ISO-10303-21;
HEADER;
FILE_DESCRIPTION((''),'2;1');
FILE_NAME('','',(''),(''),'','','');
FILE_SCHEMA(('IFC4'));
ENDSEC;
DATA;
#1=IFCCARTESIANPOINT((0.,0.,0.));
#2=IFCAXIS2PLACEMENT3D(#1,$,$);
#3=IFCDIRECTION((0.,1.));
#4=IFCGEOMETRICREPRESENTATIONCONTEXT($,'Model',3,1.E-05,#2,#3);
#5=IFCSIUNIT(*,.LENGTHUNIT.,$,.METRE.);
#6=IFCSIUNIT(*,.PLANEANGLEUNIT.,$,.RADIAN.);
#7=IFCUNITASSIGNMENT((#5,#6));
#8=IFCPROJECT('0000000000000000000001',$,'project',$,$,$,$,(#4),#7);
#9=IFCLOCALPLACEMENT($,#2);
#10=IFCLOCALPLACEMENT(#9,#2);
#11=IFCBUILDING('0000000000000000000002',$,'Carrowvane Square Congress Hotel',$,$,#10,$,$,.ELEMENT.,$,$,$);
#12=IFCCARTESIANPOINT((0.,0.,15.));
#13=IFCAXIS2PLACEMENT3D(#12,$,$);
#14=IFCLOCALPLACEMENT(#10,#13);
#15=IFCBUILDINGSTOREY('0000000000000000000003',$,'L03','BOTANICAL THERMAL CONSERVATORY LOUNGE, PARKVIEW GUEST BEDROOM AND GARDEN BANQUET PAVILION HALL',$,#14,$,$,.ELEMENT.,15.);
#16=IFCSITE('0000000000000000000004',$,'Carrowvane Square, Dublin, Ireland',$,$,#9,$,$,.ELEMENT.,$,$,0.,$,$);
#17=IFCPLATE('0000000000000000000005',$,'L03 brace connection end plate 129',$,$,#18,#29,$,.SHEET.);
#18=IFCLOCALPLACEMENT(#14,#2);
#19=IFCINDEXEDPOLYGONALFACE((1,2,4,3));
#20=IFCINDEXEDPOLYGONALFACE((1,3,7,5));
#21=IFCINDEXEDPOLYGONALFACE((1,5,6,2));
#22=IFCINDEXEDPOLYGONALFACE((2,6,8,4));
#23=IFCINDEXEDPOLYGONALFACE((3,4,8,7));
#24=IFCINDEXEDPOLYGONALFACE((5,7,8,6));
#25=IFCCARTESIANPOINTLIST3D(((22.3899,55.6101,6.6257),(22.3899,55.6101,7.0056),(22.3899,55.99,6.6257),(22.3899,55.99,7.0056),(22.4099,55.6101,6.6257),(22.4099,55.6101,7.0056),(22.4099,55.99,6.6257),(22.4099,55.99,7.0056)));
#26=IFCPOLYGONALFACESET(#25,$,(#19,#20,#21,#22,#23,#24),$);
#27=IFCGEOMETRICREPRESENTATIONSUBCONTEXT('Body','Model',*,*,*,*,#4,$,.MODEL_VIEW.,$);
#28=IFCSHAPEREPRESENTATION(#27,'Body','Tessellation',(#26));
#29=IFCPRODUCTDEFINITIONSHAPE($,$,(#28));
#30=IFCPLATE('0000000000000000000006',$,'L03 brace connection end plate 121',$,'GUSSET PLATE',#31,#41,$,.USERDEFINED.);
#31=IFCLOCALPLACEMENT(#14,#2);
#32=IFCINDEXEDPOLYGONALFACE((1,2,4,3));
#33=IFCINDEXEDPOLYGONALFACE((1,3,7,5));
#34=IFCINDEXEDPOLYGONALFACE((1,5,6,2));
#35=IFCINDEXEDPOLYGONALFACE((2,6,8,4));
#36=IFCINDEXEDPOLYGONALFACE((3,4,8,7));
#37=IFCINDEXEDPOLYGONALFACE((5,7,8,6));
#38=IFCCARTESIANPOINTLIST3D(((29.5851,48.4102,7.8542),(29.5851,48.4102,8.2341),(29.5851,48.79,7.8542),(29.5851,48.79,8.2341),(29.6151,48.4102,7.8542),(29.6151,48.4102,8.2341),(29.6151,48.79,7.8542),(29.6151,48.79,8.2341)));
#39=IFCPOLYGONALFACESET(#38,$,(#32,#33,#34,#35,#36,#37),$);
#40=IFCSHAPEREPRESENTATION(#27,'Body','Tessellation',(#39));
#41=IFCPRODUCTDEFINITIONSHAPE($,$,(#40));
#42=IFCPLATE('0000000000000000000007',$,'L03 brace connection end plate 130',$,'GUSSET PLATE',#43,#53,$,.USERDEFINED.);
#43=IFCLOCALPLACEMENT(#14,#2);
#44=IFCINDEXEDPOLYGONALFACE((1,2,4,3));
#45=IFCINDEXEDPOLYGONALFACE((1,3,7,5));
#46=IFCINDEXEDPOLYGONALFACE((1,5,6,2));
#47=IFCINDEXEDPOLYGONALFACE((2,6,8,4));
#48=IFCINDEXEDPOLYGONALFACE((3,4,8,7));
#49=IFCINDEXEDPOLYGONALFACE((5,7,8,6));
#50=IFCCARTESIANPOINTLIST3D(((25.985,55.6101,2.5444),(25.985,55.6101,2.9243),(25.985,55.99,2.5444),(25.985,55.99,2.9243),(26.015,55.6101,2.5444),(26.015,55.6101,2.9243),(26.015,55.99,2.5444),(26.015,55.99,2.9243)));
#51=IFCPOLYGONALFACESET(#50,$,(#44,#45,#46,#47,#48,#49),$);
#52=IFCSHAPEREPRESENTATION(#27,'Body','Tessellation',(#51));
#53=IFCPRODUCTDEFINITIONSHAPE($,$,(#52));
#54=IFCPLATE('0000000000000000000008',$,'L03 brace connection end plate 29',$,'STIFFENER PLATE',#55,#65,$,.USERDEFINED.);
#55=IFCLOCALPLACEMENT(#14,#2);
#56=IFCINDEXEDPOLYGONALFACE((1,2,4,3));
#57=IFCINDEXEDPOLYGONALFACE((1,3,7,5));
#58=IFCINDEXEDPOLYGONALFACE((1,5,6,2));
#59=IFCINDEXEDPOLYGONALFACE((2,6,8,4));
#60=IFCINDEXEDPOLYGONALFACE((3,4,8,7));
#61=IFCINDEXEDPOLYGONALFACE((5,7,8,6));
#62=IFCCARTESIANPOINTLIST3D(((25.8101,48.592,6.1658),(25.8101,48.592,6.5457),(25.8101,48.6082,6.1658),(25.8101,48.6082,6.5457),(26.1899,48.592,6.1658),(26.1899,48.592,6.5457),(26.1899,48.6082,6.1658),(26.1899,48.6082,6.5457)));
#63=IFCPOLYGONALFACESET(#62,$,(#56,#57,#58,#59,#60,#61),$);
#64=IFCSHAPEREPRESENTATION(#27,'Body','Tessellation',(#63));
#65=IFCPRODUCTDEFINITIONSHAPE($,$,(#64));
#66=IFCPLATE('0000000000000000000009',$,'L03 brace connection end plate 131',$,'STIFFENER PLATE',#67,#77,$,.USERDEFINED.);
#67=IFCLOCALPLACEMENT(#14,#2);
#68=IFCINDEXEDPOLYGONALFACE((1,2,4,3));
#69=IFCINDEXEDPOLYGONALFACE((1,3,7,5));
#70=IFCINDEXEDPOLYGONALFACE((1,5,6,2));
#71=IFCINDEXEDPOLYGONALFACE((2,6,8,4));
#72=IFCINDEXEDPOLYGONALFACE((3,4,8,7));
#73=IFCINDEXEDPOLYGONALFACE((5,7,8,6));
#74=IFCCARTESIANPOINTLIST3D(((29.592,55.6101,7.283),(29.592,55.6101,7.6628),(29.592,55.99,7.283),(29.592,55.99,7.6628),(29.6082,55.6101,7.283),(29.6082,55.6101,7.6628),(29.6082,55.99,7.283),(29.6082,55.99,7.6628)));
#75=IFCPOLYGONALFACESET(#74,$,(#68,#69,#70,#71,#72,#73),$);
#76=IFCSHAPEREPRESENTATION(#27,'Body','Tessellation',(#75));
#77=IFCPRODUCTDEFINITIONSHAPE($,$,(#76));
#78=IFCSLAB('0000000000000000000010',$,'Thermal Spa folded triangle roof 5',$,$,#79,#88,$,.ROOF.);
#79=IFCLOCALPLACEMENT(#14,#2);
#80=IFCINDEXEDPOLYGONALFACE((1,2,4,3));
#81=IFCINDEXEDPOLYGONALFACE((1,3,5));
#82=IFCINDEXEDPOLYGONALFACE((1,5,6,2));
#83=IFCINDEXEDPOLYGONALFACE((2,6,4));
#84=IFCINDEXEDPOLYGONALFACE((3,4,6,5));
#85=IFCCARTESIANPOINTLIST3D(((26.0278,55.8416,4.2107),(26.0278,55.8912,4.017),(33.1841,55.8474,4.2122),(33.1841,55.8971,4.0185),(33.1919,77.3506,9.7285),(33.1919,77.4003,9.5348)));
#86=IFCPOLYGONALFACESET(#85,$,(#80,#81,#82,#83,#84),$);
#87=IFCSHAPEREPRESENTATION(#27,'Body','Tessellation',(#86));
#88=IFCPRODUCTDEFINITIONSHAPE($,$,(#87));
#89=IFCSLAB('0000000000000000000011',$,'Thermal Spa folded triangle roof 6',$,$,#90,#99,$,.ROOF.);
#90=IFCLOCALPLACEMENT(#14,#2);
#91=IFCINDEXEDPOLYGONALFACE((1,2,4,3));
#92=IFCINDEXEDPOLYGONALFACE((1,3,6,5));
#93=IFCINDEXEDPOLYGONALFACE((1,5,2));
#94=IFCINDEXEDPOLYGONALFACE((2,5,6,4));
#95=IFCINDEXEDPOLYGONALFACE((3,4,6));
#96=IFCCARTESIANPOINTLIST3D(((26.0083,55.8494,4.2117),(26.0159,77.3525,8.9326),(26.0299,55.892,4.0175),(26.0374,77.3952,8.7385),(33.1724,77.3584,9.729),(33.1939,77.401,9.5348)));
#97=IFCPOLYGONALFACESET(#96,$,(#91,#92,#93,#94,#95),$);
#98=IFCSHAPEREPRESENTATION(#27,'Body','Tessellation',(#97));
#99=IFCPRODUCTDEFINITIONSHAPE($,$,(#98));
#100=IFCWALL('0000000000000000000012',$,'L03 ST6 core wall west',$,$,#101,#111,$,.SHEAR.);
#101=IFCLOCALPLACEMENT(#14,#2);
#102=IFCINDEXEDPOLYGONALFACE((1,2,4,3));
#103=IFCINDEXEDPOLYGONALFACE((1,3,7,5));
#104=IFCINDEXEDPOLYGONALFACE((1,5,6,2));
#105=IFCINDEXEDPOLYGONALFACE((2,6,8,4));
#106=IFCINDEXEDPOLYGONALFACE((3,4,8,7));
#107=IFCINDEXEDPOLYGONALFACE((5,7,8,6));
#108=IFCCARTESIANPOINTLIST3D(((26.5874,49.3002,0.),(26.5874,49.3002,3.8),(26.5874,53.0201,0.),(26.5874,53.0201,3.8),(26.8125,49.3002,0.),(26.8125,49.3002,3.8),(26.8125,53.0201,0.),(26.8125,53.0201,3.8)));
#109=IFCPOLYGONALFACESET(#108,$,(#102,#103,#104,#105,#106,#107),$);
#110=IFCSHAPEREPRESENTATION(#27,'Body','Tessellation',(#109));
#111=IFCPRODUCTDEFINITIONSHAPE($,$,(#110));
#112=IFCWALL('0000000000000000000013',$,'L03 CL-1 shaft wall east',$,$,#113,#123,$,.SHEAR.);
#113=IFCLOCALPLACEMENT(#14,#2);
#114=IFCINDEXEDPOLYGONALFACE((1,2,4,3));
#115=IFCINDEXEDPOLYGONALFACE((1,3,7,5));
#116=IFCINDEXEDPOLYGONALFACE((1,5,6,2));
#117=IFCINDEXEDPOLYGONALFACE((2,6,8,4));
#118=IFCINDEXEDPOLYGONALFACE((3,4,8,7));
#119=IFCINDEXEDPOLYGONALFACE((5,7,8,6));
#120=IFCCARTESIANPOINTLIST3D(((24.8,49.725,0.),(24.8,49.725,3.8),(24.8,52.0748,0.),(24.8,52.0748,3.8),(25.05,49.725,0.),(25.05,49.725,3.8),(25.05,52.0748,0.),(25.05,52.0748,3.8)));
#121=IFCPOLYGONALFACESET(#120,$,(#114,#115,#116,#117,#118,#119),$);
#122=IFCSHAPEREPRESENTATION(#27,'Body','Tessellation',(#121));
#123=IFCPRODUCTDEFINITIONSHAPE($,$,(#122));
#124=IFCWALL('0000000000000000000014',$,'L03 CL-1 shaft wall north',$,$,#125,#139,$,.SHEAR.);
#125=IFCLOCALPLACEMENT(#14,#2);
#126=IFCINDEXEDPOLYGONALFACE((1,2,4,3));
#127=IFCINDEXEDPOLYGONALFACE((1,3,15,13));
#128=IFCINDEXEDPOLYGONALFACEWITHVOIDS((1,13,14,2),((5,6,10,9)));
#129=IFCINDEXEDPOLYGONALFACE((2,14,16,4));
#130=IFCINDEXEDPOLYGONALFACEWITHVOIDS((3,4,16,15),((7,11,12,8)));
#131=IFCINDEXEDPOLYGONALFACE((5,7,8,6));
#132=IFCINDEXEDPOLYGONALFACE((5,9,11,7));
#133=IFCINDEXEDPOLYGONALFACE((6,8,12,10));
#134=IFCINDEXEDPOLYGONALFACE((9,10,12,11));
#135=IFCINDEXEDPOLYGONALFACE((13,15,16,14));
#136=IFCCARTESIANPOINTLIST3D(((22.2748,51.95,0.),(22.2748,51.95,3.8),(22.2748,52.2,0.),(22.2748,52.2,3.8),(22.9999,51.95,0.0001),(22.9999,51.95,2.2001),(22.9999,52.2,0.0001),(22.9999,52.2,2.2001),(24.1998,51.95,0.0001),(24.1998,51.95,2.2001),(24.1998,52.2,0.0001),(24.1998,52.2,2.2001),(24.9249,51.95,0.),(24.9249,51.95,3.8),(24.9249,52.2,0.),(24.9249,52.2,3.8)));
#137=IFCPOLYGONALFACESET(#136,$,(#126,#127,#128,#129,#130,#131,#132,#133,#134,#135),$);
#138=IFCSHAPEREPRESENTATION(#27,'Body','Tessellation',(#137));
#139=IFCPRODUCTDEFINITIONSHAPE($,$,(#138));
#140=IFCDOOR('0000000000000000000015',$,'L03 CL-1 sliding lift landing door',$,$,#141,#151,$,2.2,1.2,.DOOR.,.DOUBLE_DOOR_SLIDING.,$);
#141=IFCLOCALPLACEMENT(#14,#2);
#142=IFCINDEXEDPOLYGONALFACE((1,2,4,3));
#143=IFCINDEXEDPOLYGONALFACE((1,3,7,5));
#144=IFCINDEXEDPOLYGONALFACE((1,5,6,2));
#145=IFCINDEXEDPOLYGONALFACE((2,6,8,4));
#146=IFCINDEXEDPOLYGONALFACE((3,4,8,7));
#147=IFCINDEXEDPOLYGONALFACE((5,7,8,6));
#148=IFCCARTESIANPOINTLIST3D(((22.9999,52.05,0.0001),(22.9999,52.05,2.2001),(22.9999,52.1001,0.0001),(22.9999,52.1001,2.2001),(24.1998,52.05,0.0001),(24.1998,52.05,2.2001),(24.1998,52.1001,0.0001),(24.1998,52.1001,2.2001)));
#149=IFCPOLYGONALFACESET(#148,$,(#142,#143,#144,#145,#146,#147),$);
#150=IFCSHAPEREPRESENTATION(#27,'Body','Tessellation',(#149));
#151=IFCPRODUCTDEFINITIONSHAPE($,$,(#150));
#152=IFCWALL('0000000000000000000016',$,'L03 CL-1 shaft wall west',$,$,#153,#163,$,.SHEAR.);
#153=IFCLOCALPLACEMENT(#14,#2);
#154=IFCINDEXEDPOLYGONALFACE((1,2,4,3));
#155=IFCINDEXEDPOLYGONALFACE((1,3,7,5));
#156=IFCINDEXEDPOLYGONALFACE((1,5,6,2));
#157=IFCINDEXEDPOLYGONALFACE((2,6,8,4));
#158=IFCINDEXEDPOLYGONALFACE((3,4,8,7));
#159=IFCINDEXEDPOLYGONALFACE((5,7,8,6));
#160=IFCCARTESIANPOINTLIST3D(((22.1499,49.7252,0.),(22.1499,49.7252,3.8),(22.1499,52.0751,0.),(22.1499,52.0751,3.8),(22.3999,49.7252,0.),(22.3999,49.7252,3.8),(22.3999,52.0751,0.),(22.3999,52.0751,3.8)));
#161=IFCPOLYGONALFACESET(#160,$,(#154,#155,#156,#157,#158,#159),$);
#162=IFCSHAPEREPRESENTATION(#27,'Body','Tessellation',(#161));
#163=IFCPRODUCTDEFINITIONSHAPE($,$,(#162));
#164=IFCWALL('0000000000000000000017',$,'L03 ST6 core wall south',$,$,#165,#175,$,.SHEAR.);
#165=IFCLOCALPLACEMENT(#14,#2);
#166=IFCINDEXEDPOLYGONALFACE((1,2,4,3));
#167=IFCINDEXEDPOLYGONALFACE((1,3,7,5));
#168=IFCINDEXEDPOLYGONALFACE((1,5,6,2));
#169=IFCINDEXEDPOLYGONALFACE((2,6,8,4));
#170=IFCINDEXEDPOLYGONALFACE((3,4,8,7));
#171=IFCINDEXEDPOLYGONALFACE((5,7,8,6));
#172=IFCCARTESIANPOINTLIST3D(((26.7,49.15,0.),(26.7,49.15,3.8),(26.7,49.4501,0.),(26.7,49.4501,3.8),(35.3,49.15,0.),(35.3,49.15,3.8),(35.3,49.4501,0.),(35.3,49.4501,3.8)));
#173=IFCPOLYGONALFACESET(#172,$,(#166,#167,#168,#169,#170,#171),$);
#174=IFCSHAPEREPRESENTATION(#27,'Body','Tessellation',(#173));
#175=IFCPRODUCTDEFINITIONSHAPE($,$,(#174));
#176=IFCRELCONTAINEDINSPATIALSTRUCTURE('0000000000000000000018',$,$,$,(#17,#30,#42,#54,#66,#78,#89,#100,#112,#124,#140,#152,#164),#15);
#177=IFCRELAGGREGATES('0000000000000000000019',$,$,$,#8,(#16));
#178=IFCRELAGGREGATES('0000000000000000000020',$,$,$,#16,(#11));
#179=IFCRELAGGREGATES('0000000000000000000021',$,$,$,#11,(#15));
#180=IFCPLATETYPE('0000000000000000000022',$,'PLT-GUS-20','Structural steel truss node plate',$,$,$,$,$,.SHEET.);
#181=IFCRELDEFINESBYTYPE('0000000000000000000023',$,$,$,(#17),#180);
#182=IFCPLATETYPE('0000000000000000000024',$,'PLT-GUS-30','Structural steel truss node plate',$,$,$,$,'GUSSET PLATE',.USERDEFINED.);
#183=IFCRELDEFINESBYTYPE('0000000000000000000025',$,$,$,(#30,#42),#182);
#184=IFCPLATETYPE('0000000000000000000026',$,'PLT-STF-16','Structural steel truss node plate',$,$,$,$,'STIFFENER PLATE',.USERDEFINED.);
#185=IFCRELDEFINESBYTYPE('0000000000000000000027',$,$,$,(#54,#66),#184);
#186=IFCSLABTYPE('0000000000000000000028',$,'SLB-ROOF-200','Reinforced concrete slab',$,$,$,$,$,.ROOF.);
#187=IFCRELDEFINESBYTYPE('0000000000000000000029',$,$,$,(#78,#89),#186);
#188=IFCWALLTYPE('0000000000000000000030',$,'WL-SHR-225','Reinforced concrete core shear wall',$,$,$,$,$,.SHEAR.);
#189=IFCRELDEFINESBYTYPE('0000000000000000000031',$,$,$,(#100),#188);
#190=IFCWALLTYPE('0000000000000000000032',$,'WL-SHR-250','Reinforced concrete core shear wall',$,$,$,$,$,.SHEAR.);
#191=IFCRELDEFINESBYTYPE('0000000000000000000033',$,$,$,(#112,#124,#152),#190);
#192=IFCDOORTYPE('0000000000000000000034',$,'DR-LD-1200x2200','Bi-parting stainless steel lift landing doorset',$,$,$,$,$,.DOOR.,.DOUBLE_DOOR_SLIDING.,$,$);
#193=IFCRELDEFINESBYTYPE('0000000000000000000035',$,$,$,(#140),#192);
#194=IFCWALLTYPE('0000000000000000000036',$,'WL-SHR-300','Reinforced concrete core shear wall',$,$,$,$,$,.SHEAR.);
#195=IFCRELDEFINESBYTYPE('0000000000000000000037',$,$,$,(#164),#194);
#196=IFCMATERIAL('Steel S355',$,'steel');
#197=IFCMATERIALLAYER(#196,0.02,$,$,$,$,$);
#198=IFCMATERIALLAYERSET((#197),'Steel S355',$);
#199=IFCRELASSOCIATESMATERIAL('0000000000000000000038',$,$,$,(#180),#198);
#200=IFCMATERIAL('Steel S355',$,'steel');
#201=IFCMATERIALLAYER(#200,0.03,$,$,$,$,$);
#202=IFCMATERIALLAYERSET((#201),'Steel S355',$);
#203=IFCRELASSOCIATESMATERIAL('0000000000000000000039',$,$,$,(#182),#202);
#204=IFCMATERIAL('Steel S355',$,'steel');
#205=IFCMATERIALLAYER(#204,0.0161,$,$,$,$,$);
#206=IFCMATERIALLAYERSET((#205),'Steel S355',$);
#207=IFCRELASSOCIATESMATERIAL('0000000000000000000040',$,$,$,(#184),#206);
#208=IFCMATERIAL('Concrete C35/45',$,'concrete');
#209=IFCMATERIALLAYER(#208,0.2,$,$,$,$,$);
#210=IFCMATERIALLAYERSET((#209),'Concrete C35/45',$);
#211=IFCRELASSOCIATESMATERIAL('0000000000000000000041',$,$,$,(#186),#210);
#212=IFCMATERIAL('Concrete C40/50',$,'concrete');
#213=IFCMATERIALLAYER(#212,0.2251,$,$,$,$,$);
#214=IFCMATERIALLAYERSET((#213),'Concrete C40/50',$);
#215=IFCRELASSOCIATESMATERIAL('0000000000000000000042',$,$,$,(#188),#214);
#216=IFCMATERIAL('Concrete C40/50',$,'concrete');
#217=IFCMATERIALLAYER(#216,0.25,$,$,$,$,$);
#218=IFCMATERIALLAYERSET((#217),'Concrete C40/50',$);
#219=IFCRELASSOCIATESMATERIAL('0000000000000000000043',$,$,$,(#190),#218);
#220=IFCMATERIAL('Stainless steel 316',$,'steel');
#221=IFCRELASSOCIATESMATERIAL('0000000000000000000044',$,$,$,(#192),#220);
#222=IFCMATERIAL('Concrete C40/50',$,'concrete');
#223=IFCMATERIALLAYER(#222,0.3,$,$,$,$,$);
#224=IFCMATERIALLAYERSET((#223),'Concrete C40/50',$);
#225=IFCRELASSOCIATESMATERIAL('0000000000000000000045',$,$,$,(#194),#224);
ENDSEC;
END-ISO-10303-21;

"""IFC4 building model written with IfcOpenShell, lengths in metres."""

from ifc_helpers import new_model, si_unit, direction, frame, frame_2d, origin, origin_2d, place, context, subcontext, project, spatial, polyline, rectangle, outline, extrude, material, layer, layer_set, type_object, element, fill, save


model = new_model("IFC4")

# Units and contexts
model_context = context("Model", 3, precision=1e-05, world=origin(), true_north=direction((0.0, 1.0)))
body_context = subcontext(model_context, "Body", "Model", "MODEL_VIEW")
ifc_project = project(units=[si_unit("LENGTHUNIT", "METRE"), si_unit("PLANEANGLEUNIT", "RADIAN")], contexts=[model_context])

# Site, building, storey
site_placement = place(None, origin())
site = spatial("IfcSite", under=ifc_project, at=site_placement, Name="Carrowvane Square, Dublin, Ireland", CompositionType="ELEMENT", RefElevation=0.0)
building_placement = place(site_placement, origin())
building = spatial("IfcBuilding", under=site, at=building_placement, Name="Carrowvane Square Congress Hotel", CompositionType="ELEMENT")
storey_placement = place(building_placement, frame((0.0, 0.0, 15.0)))
storey = spatial("IfcBuildingStorey", under=building, at=storey_placement, Name="L03", Description="BOTANICAL THERMAL CONSERVATORY LOUNGE, PARKVIEW GUEST BEDROOM AND GARDEN BANQUET PAVILION HALL", CompositionType="ELEMENT", Elevation=15.0)

# Plates
ifc_material_1 = material(Name="Steel S355", Category="steel")
ifc_layer_1 = layer(ifc_material_1, 0.02)
ifc_layer_set_1 = layer_set([ifc_layer_1], Name="Steel S355")
plate_type_1 = type_object("IfcPlateType", Name="PLT-GUS-20", Description="Structural steel truss node plate", PredefinedType="SHEET", material=ifc_layer_set_1)
plate_1_placement = place(storey_placement, frame((22.3999, 55.8, 6.6257), z_axis=(0.0, 0.0, 1.0), x_axis=(1.0, 0.0, 0.0)))
element("IfcPlate", 1, at=plate_1_placement, inside=storey, type_object=plate_type_1, Name="L03 brace connection end plate 129", PredefinedType="SHEET", context=body_context, shape_type="SweptSolid", body=[
    extrude(rectangle(XDim=0.02, YDim=0.3799, at=origin_2d()), origin(), (0.0, 0.0, 1.0), 0.3799),
])
ifc_material_2 = material(Name="Steel S355", Category="steel")
ifc_layer_2 = layer(ifc_material_2, 0.03)
ifc_layer_set_2 = layer_set([ifc_layer_2], Name="Steel S355")
plate_type_2 = type_object("IfcPlateType", Name="PLT-GUS-30", Description="Structural steel truss node plate", ElementType="GUSSET PLATE", PredefinedType="USERDEFINED", material=ifc_layer_set_2)
for number, where, z_axis, x_axis, name in (
    (2, (29.6001, 48.6001, 7.8542), (0.0, 0.0, 1.0), (1.0, 0.0, 0.0), "L03 brace connection end plate 121"),
    (3, (26.0, 55.8, 2.5444), (0.0, 0.0, 1.0), (1.0, 0.0, 0.0), "L03 brace connection end plate 130"),
):
    element("IfcPlate", number, at=place(storey_placement, frame(where, z_axis=z_axis, x_axis=x_axis)), inside=storey, type_object=plate_type_2, Name=name, ObjectType="GUSSET PLATE", PredefinedType="USERDEFINED", context=body_context, shape_type="SweptSolid", body=[
        extrude(rectangle(XDim=0.03, YDim=0.3799, at=origin_2d()), origin(), (0.0, 0.0, 1.0), 0.3799),
    ])
ifc_material_3 = material(Name="Steel S355", Category="steel")
ifc_layer_3 = layer(ifc_material_3, 0.0161)
ifc_layer_set_3 = layer_set([ifc_layer_3], Name="Steel S355")
plate_type_3 = type_object("IfcPlateType", Name="PLT-STF-16", Description="Structural steel truss node plate", ElementType="STIFFENER PLATE", PredefinedType="USERDEFINED", material=ifc_layer_set_3)
plate_2_placement = place(storey_placement, frame((26.0, 48.6001, 6.1658), z_axis=(0.0, 0.0, 1.0), x_axis=(1.0, 0.0, 0.0)))
element("IfcPlate", 4, at=plate_2_placement, inside=storey, type_object=plate_type_3, Name="L03 brace connection end plate 29", ObjectType="STIFFENER PLATE", PredefinedType="USERDEFINED", context=body_context, shape_type="SweptSolid", body=[
    extrude(rectangle(XDim=0.3799, YDim=0.0161, at=origin_2d()), origin(), (0.0, 0.0, 1.0), 0.3799),
])
plate_3_placement = place(storey_placement, frame((29.6001, 55.8, 7.283), z_axis=(0.0, 0.0, 1.0), x_axis=(1.0, 0.0, 0.0)))
element("IfcPlate", 5, at=plate_3_placement, inside=storey, type_object=plate_type_3, Name="L03 brace connection end plate 131", ObjectType="STIFFENER PLATE", PredefinedType="USERDEFINED", context=body_context, shape_type="SweptSolid", body=[
    extrude(rectangle(XDim=0.0161, YDim=0.3799, at=origin_2d()), origin(), (0.0, 0.0, 1.0), 0.3799),
])

# Slabs
ifc_material_4 = material(Name="Concrete C35/45", Category="concrete")
ifc_layer_4 = layer(ifc_material_4, 0.2)
ifc_layer_set_4 = layer_set([ifc_layer_4], Name="Concrete C35/45")
slab_type = type_object("IfcSlabType", Name="SLB-ROOF-200", Description="Reinforced concrete slab", PredefinedType="ROOF", material=ifc_layer_set_4)
slab_1_placement = place(storey_placement, frame((26.0278, 55.8416, 4.2107), z_axis=(0.000005, -0.24849, 0.968634), x_axis=(1.0, 0.000819, 0.000205)))
element("IfcSlab", 6, at=slab_1_placement, inside=storey, type_object=slab_type, Name="Thermal Spa folded triangle roof 5", PredefinedType="ROOF", context=body_context, shape_type="SweptSolid", body=[
    extrude(outline(polyline([(0.0, 0.0), (7.1563, 0.0), (7.1828, 22.1995), (0.0, 0.0)])), origin(), (0.0, 0.0, -1.0), 0.2),
])
slab_2_placement = place(storey_placement, frame((26.0083, 55.8494, 4.2117), z_axis=(-0.107885, -0.213151, 0.971044), x_axis=(0.307043, 0.921851, 0.236466)))
element("IfcSlab", 7, at=slab_2_placement, inside=storey, type_object=slab_type, Name="Thermal Spa folded triangle roof 6", PredefinedType="ROOF", context=body_context, shape_type="SweptSolid", body=[
    extrude(outline(polyline([(0.0, 0.0), (23.3325, 0.0), (20.9414, 6.7921), (0.0, 0.0)])), origin(), (0.0, 0.0, -1.0), 0.2),
])

# Walls
ifc_material_5 = material(Name="Concrete C40/50", Category="concrete")
ifc_layer_5 = layer(ifc_material_5, 0.2251)
ifc_layer_set_5 = layer_set([ifc_layer_5], Name="Concrete C40/50")
wall_type_1 = type_object("IfcWallType", Name="WL-SHR-225", Description="Reinforced concrete core shear wall", PredefinedType="SHEAR", material=ifc_layer_set_5)
wall_1_placement = place(storey_placement, frame((26.7, 53.02, 0.0), z_axis=(0.0, 0.0, 1.0), x_axis=(0.0, -1.0, 0.0)))
element("IfcWall", 8, at=wall_1_placement, inside=storey, type_object=wall_type_1, Name="L03 ST6 core wall west", PredefinedType="SHEAR", context=body_context, shape_type="SweptSolid", body=[
    extrude(rectangle(XDim=3.72, YDim=0.2251, at=frame_2d((1.8599, 0.0))), origin(), (0.0, 0.0, 1.0), 3.8),
])
ifc_material_6 = material(Name="Concrete C40/50", Category="concrete")
ifc_layer_6 = layer(ifc_material_6, 0.25)
ifc_layer_set_6 = layer_set([ifc_layer_6], Name="Concrete C40/50")
wall_type_2 = type_object("IfcWallType", Name="WL-SHR-250", Description="Reinforced concrete core shear wall", PredefinedType="SHEAR", material=ifc_layer_set_6)
wall_2_placement = place(storey_placement, frame((24.925, 49.7251, 0.0), z_axis=(0.0, 0.0, 1.0), x_axis=(0.0, 1.0, 0.0)))
element("IfcWall", 9, at=wall_2_placement, inside=storey, type_object=wall_type_2, Name="L03 CL-1 shaft wall east", PredefinedType="SHEAR", context=body_context, shape_type="SweptSolid", body=[
    extrude(rectangle(XDim=2.3499, YDim=0.25, at=frame_2d((1.1748, 0.0))), origin(), (0.0, 0.0, 1.0), 3.8),
])

# Wall, opening, door
wall_3_placement = place(storey_placement, frame((24.925, 52.075, 0.0), z_axis=(0.0, 0.0, 1.0), x_axis=(-1.0, 0.0, 0.0)))
wall_3 = element("IfcWall", 10, at=wall_3_placement, inside=storey, type_object=wall_type_2, Name="L03 CL-1 shaft wall north", PredefinedType="SHEAR", context=body_context, shape_type="SweptSolid", body=[
    extrude(rectangle(XDim=2.6501, YDim=0.25, at=frame_2d((1.3252, 0.0))), origin(), (0.0, 0.0, 1.0), 3.8),
])
opening_placement = place(wall_3_placement, frame((0.7251, 0.0, 0.0)))
opening = element("IfcOpeningElement", 11, at=opening_placement, cuts=wall_3, PredefinedType="OPENING", context=body_context, shape_type="SweptSolid", body=[
    extrude(rectangle(XDim=1.2, YDim=2.2, at=frame_2d((0.6001, 1.1001))), frame((0.0, 0.135, 0.0), z_axis=(0.0, -1.0, 0.0), x_axis=(1.0, 0.0, 0.0)), (0.0, 0.0, 1.0), 0.27),
])
ifc_material_7 = material(Name="Stainless steel 316", Category="steel")
door_type = type_object("IfcDoorType", Name="DR-LD-1200x2200", Description="Bi-parting stainless steel lift landing doorset", OperationType="DOUBLE_DOOR_SLIDING", PredefinedType="DOOR", material=ifc_material_7)
door_placement = place(opening_placement, origin())
door = element("IfcDoor", 12, at=door_placement, inside=storey, type_object=door_type, Name="L03 CL-1 sliding lift landing door", OperationType="DOUBLE_DOOR_SLIDING", OverallHeight=2.2, OverallWidth=1.2, PredefinedType="DOOR", context=body_context, shape_type="SweptSolid", body=[
    extrude(rectangle(XDim=1.2, YDim=2.2, at=frame_2d((0.6001, 1.1001))), frame((0.0, 0.0249, 0.0), z_axis=(0.0, -1.0, 0.0), x_axis=(1.0, 0.0, 0.0)), (0.0, 0.0, 1.0), 0.05),
])
fill(opening, door)

# Walls
wall_4_placement = place(storey_placement, frame((22.2749, 52.075, 0.0), z_axis=(0.0, 0.0, 1.0), x_axis=(0.0, -1.0, 0.0)))
element("IfcWall", 13, at=wall_4_placement, inside=storey, type_object=wall_type_2, Name="L03 CL-1 shaft wall west", PredefinedType="SHEAR", context=body_context, shape_type="SweptSolid", body=[
    extrude(rectangle(XDim=2.3499, YDim=0.25, at=frame_2d((1.1748, 0.0))), origin(), (0.0, 0.0, 1.0), 3.8),
])
ifc_material_8 = material(Name="Concrete C40/50", Category="concrete")
ifc_layer_7 = layer(ifc_material_8, 0.3)
ifc_layer_set_7 = layer_set([ifc_layer_7], Name="Concrete C40/50")
wall_type_3 = type_object("IfcWallType", Name="WL-SHR-300", Description="Reinforced concrete core shear wall", PredefinedType="SHEAR", material=ifc_layer_set_7)
wall_5_placement = place(storey_placement, frame((26.7, 49.3, 0.0), z_axis=(0.0, 0.0, 1.0), x_axis=(1.0, 0.0, 0.0)))
element("IfcWall", 14, at=wall_5_placement, inside=storey, type_object=wall_type_3, Name="L03 ST6 core wall south", PredefinedType="SHEAR", context=body_context, shape_type="SweptSolid", body=[
    extrude(rectangle(XDim=8.6001, YDim=0.3, at=frame_2d((4.3, 0.0))), origin(), (0.0, 0.0, 1.0), 3.8),
])

save(model, "model.ifc")
